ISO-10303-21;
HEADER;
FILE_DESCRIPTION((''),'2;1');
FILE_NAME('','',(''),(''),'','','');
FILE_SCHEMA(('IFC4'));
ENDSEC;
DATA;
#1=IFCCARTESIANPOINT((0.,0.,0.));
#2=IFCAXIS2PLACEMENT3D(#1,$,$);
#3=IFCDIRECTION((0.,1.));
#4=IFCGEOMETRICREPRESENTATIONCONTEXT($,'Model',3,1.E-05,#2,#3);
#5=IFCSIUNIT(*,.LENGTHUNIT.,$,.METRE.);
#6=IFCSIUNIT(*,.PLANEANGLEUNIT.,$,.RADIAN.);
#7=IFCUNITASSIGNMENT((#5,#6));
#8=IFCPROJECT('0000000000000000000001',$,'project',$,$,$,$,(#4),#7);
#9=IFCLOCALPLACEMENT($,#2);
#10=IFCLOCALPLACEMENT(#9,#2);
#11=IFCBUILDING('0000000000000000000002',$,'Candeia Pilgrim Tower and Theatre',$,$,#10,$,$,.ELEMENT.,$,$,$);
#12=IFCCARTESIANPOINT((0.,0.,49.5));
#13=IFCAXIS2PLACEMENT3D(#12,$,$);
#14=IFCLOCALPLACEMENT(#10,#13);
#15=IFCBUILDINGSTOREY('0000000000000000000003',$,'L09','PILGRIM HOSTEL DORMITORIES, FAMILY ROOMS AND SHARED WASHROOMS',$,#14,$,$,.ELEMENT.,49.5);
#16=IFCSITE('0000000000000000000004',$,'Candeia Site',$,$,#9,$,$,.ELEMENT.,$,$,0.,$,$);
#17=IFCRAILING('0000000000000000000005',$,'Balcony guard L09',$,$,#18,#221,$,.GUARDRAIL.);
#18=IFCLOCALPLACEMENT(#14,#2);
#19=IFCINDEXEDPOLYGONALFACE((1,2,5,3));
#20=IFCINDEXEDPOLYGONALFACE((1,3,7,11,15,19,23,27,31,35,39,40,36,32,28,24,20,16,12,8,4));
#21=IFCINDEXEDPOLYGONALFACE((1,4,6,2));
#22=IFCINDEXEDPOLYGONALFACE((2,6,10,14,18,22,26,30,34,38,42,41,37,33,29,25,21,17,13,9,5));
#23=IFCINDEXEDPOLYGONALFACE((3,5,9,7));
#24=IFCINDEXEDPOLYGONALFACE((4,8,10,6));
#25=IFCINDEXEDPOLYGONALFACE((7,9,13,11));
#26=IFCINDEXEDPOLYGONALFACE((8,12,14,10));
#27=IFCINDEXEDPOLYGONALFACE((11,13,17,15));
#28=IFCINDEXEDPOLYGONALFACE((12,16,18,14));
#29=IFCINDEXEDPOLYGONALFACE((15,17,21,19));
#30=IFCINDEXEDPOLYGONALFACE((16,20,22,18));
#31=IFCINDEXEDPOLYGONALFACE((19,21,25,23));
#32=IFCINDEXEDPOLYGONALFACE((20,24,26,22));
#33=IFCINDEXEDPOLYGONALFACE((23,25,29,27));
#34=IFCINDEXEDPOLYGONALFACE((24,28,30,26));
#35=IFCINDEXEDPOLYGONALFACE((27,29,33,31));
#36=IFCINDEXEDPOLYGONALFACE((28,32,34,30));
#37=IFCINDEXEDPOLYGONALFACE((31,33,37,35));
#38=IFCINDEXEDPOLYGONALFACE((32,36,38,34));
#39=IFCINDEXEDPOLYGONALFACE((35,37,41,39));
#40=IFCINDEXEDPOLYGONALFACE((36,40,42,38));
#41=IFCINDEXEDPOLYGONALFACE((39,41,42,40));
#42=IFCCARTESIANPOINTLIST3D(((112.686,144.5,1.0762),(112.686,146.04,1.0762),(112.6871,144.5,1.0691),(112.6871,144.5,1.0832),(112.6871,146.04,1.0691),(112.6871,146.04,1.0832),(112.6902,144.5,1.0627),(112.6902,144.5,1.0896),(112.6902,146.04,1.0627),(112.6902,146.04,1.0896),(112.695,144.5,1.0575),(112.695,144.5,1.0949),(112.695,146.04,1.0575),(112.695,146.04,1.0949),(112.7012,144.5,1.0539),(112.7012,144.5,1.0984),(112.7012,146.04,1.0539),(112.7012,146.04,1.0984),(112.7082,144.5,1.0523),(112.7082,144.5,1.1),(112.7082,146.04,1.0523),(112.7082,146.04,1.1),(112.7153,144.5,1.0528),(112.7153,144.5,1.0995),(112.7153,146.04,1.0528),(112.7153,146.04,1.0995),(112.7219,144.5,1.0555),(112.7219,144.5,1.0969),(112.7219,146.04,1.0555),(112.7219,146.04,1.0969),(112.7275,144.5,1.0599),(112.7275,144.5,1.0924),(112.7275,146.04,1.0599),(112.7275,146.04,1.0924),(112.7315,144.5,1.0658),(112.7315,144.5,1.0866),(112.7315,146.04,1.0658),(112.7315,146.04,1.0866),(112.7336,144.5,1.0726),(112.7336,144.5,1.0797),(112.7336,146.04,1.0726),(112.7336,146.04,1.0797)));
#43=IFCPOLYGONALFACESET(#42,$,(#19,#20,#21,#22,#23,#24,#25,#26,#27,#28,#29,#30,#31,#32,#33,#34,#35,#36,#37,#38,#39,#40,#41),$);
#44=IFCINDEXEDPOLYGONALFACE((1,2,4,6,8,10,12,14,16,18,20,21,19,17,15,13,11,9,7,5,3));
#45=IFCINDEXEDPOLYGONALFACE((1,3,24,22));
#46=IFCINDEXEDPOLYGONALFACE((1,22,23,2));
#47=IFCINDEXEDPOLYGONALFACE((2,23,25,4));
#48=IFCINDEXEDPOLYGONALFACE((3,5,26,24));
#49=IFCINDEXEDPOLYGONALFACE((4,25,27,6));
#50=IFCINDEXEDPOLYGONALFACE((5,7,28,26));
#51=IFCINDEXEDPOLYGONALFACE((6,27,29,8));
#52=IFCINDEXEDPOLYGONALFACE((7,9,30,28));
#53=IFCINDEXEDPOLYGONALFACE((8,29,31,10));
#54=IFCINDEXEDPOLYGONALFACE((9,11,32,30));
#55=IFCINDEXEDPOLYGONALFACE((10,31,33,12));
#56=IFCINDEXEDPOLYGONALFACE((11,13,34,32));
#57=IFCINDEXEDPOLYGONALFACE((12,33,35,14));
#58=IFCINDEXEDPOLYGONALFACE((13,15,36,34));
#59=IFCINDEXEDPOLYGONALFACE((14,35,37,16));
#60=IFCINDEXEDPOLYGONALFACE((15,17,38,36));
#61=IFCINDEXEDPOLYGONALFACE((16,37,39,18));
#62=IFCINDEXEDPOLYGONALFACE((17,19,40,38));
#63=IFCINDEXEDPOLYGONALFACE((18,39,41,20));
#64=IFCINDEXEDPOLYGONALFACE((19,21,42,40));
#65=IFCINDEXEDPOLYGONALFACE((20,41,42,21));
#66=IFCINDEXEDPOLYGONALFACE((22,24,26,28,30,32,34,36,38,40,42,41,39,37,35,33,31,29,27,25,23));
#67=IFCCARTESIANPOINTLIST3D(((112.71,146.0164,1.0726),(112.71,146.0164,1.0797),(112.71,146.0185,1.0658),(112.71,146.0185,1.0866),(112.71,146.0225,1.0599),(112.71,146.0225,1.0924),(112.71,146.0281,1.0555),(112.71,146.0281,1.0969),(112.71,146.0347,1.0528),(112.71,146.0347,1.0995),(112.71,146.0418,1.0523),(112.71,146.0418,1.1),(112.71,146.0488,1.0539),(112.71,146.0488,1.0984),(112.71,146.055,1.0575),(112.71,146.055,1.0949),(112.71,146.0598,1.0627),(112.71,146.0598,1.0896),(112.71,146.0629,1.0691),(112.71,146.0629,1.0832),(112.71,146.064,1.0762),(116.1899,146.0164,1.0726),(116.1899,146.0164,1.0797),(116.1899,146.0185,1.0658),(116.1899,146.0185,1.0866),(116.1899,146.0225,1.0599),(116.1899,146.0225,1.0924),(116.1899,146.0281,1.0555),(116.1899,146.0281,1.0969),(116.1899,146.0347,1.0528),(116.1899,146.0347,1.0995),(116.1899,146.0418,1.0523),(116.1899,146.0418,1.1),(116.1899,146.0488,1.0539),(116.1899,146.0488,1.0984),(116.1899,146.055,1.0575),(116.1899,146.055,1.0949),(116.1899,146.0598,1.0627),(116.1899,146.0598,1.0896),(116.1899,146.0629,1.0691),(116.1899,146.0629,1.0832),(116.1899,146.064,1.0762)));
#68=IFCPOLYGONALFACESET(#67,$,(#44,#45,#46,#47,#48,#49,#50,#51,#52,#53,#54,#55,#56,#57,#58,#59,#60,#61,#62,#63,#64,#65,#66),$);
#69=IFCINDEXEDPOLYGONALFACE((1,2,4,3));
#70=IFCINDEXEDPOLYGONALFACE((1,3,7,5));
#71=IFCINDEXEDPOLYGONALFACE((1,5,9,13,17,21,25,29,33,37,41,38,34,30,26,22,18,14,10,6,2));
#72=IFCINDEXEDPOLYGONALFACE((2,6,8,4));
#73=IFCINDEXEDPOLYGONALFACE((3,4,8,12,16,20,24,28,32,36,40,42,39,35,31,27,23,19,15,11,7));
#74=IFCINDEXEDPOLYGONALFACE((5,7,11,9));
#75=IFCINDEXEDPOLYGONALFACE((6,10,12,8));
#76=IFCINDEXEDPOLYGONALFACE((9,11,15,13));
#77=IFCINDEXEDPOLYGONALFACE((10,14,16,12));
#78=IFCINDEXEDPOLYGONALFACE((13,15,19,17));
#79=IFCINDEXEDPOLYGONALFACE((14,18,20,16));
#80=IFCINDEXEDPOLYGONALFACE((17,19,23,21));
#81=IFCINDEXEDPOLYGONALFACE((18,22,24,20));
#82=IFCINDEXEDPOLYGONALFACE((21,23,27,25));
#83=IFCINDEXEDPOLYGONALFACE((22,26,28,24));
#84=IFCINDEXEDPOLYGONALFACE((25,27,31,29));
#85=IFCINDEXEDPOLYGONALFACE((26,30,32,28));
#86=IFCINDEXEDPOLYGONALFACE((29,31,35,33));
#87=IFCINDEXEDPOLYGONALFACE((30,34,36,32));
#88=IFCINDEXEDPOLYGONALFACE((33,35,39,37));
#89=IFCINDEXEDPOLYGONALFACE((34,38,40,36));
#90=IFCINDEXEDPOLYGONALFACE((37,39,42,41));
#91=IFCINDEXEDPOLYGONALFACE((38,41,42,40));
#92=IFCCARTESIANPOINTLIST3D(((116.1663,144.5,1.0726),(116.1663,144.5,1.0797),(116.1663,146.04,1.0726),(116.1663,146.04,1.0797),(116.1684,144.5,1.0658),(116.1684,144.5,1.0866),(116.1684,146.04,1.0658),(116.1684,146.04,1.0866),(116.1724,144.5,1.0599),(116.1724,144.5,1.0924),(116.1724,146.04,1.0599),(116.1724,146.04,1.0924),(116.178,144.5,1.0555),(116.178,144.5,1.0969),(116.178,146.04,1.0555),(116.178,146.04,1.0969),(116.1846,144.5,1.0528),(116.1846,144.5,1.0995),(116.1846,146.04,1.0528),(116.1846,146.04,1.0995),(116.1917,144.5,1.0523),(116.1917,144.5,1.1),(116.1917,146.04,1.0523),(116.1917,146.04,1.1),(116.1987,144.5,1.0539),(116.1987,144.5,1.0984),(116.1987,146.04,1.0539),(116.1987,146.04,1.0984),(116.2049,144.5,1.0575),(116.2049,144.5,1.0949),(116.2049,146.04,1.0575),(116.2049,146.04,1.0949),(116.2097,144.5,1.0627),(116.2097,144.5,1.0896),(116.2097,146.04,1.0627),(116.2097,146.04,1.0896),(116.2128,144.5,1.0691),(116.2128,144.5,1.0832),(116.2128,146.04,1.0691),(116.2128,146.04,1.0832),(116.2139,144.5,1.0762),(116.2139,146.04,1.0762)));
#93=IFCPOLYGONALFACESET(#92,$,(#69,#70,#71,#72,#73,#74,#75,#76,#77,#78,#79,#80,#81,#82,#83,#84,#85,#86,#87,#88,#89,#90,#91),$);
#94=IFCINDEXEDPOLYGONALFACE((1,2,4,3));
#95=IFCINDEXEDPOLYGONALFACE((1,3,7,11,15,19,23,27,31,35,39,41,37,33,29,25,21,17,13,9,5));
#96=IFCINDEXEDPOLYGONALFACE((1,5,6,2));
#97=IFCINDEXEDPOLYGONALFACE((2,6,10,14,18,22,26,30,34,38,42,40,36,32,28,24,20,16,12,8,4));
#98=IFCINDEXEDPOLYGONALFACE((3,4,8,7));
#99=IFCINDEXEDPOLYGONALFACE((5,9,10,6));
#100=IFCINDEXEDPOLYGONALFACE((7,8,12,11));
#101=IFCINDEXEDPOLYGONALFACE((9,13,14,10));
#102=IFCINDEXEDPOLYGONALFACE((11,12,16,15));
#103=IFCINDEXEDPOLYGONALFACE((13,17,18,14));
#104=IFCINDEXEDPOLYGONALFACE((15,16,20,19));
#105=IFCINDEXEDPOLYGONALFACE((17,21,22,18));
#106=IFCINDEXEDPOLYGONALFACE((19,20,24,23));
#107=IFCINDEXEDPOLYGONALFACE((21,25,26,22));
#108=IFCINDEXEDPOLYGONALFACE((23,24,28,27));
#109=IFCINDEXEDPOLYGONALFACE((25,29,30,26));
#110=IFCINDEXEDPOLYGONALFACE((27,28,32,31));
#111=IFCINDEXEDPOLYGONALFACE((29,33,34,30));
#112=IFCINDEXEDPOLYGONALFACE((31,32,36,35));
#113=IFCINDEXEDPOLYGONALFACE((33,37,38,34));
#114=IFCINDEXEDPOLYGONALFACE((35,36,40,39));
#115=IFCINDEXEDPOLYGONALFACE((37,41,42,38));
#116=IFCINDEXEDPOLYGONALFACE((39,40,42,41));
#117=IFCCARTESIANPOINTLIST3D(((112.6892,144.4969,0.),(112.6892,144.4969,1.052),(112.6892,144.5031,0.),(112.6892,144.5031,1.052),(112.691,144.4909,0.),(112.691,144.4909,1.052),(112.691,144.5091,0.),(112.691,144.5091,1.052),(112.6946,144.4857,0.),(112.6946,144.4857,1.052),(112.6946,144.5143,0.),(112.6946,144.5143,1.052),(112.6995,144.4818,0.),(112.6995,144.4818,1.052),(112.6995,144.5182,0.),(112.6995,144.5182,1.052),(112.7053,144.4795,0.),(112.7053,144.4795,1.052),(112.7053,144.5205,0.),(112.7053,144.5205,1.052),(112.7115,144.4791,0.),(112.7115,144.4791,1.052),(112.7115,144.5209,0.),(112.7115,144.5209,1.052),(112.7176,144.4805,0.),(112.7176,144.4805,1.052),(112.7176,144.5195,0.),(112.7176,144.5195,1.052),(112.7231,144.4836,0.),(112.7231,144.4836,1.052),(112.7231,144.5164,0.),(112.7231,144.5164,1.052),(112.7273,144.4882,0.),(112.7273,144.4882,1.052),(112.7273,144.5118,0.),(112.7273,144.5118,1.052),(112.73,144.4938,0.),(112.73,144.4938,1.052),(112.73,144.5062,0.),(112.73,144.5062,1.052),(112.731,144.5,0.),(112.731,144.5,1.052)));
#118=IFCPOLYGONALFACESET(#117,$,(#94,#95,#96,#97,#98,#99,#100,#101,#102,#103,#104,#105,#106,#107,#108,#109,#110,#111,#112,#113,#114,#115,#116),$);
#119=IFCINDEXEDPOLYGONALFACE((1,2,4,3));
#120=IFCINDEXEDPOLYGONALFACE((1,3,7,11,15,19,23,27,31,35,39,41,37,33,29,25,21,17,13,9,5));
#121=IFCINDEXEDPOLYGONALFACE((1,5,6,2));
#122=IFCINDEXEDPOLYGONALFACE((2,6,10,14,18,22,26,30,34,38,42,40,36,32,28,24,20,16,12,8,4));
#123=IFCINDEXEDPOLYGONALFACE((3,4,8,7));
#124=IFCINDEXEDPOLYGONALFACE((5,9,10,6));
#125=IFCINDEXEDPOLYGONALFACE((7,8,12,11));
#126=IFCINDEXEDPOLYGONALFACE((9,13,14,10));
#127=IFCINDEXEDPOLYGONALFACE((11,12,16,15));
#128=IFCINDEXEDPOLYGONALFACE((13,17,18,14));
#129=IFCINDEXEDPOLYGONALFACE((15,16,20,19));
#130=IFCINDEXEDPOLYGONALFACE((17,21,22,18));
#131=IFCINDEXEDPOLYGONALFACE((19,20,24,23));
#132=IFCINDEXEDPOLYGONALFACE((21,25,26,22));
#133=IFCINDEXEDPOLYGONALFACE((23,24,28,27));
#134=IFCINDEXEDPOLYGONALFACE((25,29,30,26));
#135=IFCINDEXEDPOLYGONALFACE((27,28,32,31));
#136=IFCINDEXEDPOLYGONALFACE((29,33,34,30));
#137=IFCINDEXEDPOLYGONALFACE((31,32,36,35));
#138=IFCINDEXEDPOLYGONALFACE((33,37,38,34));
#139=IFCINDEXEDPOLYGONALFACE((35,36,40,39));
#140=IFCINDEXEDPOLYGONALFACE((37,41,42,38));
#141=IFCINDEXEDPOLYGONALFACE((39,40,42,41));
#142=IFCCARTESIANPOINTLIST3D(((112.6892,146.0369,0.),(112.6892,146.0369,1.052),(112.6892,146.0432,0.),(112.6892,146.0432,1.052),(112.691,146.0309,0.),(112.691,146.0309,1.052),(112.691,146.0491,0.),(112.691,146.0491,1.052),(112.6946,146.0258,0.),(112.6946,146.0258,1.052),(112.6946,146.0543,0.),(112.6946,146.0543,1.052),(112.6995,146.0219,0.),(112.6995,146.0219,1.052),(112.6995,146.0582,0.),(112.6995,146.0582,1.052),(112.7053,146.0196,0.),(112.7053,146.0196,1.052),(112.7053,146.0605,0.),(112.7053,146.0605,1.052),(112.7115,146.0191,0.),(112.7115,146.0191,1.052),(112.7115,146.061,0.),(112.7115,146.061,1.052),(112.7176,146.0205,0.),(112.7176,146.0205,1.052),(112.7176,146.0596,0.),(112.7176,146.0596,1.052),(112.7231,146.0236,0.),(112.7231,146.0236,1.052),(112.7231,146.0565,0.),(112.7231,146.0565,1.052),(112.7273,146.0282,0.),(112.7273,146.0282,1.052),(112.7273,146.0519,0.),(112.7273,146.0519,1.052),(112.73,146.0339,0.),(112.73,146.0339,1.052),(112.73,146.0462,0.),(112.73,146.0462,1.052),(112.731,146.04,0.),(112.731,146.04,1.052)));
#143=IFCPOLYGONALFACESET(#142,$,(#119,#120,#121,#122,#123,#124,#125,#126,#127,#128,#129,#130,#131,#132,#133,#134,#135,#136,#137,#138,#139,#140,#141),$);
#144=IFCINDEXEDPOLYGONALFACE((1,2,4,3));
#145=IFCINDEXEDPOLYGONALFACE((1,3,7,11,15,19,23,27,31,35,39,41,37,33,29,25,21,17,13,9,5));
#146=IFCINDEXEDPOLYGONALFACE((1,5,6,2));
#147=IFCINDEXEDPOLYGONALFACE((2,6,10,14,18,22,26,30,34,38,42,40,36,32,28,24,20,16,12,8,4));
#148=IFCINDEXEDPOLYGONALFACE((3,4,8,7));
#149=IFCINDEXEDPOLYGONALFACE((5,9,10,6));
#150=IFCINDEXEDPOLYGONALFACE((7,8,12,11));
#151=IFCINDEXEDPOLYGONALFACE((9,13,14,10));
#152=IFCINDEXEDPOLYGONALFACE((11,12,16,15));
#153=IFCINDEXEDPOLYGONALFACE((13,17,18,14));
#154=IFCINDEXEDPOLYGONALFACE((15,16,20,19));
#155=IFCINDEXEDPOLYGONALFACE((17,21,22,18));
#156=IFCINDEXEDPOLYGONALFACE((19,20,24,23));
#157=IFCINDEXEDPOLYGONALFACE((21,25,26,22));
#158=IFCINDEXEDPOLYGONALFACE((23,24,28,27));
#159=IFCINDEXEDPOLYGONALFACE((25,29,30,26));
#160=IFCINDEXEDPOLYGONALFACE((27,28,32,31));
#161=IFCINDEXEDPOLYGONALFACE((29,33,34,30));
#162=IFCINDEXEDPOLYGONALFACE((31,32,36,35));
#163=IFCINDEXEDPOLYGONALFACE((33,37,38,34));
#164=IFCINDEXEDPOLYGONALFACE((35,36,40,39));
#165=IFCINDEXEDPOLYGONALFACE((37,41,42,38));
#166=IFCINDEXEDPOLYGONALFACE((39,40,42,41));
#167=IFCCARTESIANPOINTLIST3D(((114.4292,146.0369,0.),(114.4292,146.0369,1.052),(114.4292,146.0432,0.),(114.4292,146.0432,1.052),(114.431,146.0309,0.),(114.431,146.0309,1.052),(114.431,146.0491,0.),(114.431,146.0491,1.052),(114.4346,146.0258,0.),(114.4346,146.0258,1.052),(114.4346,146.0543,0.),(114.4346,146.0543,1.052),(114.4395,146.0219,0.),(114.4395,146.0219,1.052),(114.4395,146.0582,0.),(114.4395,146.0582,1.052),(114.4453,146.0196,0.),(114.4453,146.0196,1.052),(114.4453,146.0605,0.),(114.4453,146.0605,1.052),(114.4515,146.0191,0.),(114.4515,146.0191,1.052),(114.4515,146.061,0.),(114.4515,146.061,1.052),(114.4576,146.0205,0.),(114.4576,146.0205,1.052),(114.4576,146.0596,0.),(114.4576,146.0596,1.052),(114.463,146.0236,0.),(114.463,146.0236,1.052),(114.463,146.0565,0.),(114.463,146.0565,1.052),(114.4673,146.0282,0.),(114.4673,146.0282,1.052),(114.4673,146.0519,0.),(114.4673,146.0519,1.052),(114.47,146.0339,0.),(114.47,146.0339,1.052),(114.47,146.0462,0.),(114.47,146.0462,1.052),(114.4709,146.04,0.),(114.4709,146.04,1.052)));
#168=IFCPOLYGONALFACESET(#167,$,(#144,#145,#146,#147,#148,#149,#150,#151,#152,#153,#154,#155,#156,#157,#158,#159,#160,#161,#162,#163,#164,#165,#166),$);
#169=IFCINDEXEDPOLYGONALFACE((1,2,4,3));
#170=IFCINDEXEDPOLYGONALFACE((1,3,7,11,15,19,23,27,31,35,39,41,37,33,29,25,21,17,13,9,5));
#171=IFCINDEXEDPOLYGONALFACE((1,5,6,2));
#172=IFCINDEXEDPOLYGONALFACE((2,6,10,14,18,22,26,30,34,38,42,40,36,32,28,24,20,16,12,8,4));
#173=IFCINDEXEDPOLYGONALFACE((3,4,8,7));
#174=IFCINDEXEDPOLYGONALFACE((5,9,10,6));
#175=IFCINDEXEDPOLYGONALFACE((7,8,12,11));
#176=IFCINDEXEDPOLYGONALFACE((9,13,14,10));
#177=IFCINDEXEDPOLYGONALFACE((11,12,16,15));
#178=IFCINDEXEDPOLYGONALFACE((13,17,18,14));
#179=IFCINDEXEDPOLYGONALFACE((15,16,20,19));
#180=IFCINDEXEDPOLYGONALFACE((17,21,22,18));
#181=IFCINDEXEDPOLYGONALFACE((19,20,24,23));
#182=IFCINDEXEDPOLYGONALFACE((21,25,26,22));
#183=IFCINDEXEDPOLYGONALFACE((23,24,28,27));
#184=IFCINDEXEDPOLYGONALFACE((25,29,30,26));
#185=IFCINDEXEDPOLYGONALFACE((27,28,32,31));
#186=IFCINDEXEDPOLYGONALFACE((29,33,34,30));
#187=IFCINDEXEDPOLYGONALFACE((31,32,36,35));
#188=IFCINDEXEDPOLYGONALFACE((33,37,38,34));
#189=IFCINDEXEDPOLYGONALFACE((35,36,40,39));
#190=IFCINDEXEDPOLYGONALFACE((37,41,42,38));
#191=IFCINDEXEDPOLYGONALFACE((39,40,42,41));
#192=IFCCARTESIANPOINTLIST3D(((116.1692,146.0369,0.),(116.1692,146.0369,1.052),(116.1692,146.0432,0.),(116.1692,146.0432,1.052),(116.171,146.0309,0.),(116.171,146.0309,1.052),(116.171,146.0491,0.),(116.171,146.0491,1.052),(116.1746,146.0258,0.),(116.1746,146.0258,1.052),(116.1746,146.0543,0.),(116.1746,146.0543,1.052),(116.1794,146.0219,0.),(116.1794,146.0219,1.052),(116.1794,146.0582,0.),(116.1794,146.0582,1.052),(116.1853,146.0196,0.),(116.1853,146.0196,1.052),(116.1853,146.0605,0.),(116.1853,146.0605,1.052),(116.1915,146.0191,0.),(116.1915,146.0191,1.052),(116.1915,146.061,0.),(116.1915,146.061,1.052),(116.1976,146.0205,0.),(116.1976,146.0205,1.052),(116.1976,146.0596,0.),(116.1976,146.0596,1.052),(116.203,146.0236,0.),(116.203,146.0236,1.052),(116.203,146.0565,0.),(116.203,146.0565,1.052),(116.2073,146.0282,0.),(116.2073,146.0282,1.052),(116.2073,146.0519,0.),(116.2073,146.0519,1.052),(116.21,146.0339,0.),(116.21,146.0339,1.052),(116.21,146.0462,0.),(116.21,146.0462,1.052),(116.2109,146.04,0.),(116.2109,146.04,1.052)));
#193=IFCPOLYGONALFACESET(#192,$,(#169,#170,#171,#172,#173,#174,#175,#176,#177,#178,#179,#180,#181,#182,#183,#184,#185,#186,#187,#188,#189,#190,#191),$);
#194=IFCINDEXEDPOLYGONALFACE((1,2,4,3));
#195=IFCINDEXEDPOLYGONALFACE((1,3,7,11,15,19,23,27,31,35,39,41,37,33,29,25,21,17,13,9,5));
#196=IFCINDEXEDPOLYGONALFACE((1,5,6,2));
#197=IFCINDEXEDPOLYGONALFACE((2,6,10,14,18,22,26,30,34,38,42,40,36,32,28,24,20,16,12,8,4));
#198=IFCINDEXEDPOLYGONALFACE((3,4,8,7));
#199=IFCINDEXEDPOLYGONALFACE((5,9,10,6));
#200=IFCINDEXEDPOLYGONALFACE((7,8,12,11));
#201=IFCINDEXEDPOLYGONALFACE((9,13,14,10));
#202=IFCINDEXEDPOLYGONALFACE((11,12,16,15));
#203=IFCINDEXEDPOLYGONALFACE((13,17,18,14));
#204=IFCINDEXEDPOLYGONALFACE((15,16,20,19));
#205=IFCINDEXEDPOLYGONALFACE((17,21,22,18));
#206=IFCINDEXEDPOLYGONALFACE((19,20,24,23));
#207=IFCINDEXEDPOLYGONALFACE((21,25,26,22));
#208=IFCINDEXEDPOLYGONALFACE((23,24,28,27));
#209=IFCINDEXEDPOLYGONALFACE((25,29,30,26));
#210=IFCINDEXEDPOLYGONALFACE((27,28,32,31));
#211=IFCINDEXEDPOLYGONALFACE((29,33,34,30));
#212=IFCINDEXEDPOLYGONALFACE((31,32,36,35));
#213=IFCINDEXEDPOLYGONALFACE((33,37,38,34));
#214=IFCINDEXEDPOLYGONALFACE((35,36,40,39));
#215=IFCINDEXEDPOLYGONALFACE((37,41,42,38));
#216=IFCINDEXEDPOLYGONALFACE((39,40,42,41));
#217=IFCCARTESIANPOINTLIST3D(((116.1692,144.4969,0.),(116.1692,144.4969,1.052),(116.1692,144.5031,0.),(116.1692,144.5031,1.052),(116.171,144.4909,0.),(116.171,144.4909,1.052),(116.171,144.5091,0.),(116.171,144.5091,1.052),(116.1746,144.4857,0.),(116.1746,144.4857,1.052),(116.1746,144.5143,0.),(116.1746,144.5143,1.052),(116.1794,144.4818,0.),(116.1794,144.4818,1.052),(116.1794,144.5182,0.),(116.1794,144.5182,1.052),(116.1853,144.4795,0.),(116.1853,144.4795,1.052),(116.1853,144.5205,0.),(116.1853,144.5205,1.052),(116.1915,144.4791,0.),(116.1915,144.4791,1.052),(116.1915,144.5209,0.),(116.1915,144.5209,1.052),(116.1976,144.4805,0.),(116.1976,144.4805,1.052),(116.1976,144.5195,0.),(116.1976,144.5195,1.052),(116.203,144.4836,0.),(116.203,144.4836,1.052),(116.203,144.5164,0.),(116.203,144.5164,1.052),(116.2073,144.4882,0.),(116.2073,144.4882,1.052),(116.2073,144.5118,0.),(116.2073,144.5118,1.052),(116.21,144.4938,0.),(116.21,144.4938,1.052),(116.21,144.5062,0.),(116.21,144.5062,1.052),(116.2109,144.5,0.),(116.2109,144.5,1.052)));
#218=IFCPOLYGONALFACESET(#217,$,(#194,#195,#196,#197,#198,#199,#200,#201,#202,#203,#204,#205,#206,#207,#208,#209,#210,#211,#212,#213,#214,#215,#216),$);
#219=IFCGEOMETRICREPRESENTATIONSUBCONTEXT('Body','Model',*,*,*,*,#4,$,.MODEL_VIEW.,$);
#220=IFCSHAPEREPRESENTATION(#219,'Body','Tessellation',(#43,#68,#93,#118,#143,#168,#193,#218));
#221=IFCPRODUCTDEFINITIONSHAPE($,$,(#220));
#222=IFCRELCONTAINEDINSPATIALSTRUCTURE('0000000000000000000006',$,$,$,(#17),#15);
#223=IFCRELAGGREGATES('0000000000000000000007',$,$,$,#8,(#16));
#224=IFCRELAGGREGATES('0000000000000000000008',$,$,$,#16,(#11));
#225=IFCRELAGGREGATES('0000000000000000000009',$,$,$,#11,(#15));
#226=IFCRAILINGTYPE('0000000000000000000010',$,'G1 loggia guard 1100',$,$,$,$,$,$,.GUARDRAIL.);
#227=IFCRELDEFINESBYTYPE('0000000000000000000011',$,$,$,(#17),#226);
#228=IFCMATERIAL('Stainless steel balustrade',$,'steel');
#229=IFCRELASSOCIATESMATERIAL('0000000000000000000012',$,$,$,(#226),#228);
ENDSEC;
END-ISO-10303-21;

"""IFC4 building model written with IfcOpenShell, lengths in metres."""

from ifc_helpers import new_model, si_unit, direction, frame, origin, origin_2d, place, context, subcontext, project, spatial, circle, extrude, material, type_object, element, save


model = new_model("IFC4")

# Units and contexts
model_context = context("Model", 3, precision=1e-05, world=origin(), true_north=direction((0.0, 1.0)))
body_context = subcontext(model_context, "Body", "Model", "MODEL_VIEW")
ifc_project = project(units=[si_unit("LENGTHUNIT", "METRE"), si_unit("PLANEANGLEUNIT", "RADIAN")], contexts=[model_context])

# Site, building, storey
site_placement = place(None, origin())
site = spatial("IfcSite", under=ifc_project, at=site_placement, Name="Candeia Site", CompositionType="ELEMENT", RefElevation=0.0)
building_placement = place(site_placement, origin())
building = spatial("IfcBuilding", under=site, at=building_placement, Name="Candeia Pilgrim Tower and Theatre", CompositionType="ELEMENT")
storey_placement = place(building_placement, frame((0.0, 0.0, 49.5)))
storey = spatial("IfcBuildingStorey", under=building, at=storey_placement, Name="L09", Description="PILGRIM HOSTEL DORMITORIES, FAMILY ROOMS AND SHARED WASHROOMS", CompositionType="ELEMENT", Elevation=49.5)

# Railing
ifc_material_1 = material(Name="Stainless steel balustrade", Category="steel")
railing_type = type_object("IfcRailingType", Name="G1 loggia guard 1100", PredefinedType="GUARDRAIL", material=ifc_material_1)
railing_1_placement = place(storey_placement, frame((112.71, 144.5, 0.0)))
element("IfcRailing", 1, at=railing_1_placement, inside=storey, type_object=railing_type, Name="Balcony guard L09", PredefinedType="GUARDRAIL", context=body_context, shape_type="SweptSolid", body=[
    extrude(circle(Radius=0.0239, at=origin_2d()), frame((0.0, 0.0, 1.0762), z_axis=(0.0, 1.0, 0.0), x_axis=(-1.0, 0.0, 0.0)), (0.0, 0.0, 1.0), 1.54),
    extrude(circle(Radius=0.0239, at=origin_2d()), frame((0.0, 1.54, 1.0762), z_axis=(1.0, 0.0, 0.0), x_axis=(0.0, 1.0, 0.0)), (0.0, 0.0, 1.0), 3.48),
    extrude(circle(Radius=0.0239, at=origin_2d()), frame((3.48, 1.54, 1.0762), z_axis=(0.0, -1.0, 0.0), x_axis=(1.0, 0.0, 0.0)), (0.0, 0.0, 1.0), 1.54),
    extrude(circle(Radius=0.021, at=origin_2d()), origin(), (0.0, 0.0, 1.0), 1.052),
    extrude(circle(Radius=0.021, at=origin_2d()), frame((0.0, 1.54, 0.0)), (0.0, 0.0, 1.0), 1.052),
    extrude(circle(Radius=0.021, at=origin_2d()), frame((1.74, 1.54, 0.0)), (0.0, 0.0, 1.0), 1.052),
    extrude(circle(Radius=0.021, at=origin_2d()), frame((3.48, 1.54, 0.0)), (0.0, 0.0, 1.0), 1.052),
    extrude(circle(Radius=0.021, at=origin_2d()), frame((3.48, 0.0, 0.0)), (0.0, 0.0, 1.0), 1.052),
])

save(model, "model.ifc")
